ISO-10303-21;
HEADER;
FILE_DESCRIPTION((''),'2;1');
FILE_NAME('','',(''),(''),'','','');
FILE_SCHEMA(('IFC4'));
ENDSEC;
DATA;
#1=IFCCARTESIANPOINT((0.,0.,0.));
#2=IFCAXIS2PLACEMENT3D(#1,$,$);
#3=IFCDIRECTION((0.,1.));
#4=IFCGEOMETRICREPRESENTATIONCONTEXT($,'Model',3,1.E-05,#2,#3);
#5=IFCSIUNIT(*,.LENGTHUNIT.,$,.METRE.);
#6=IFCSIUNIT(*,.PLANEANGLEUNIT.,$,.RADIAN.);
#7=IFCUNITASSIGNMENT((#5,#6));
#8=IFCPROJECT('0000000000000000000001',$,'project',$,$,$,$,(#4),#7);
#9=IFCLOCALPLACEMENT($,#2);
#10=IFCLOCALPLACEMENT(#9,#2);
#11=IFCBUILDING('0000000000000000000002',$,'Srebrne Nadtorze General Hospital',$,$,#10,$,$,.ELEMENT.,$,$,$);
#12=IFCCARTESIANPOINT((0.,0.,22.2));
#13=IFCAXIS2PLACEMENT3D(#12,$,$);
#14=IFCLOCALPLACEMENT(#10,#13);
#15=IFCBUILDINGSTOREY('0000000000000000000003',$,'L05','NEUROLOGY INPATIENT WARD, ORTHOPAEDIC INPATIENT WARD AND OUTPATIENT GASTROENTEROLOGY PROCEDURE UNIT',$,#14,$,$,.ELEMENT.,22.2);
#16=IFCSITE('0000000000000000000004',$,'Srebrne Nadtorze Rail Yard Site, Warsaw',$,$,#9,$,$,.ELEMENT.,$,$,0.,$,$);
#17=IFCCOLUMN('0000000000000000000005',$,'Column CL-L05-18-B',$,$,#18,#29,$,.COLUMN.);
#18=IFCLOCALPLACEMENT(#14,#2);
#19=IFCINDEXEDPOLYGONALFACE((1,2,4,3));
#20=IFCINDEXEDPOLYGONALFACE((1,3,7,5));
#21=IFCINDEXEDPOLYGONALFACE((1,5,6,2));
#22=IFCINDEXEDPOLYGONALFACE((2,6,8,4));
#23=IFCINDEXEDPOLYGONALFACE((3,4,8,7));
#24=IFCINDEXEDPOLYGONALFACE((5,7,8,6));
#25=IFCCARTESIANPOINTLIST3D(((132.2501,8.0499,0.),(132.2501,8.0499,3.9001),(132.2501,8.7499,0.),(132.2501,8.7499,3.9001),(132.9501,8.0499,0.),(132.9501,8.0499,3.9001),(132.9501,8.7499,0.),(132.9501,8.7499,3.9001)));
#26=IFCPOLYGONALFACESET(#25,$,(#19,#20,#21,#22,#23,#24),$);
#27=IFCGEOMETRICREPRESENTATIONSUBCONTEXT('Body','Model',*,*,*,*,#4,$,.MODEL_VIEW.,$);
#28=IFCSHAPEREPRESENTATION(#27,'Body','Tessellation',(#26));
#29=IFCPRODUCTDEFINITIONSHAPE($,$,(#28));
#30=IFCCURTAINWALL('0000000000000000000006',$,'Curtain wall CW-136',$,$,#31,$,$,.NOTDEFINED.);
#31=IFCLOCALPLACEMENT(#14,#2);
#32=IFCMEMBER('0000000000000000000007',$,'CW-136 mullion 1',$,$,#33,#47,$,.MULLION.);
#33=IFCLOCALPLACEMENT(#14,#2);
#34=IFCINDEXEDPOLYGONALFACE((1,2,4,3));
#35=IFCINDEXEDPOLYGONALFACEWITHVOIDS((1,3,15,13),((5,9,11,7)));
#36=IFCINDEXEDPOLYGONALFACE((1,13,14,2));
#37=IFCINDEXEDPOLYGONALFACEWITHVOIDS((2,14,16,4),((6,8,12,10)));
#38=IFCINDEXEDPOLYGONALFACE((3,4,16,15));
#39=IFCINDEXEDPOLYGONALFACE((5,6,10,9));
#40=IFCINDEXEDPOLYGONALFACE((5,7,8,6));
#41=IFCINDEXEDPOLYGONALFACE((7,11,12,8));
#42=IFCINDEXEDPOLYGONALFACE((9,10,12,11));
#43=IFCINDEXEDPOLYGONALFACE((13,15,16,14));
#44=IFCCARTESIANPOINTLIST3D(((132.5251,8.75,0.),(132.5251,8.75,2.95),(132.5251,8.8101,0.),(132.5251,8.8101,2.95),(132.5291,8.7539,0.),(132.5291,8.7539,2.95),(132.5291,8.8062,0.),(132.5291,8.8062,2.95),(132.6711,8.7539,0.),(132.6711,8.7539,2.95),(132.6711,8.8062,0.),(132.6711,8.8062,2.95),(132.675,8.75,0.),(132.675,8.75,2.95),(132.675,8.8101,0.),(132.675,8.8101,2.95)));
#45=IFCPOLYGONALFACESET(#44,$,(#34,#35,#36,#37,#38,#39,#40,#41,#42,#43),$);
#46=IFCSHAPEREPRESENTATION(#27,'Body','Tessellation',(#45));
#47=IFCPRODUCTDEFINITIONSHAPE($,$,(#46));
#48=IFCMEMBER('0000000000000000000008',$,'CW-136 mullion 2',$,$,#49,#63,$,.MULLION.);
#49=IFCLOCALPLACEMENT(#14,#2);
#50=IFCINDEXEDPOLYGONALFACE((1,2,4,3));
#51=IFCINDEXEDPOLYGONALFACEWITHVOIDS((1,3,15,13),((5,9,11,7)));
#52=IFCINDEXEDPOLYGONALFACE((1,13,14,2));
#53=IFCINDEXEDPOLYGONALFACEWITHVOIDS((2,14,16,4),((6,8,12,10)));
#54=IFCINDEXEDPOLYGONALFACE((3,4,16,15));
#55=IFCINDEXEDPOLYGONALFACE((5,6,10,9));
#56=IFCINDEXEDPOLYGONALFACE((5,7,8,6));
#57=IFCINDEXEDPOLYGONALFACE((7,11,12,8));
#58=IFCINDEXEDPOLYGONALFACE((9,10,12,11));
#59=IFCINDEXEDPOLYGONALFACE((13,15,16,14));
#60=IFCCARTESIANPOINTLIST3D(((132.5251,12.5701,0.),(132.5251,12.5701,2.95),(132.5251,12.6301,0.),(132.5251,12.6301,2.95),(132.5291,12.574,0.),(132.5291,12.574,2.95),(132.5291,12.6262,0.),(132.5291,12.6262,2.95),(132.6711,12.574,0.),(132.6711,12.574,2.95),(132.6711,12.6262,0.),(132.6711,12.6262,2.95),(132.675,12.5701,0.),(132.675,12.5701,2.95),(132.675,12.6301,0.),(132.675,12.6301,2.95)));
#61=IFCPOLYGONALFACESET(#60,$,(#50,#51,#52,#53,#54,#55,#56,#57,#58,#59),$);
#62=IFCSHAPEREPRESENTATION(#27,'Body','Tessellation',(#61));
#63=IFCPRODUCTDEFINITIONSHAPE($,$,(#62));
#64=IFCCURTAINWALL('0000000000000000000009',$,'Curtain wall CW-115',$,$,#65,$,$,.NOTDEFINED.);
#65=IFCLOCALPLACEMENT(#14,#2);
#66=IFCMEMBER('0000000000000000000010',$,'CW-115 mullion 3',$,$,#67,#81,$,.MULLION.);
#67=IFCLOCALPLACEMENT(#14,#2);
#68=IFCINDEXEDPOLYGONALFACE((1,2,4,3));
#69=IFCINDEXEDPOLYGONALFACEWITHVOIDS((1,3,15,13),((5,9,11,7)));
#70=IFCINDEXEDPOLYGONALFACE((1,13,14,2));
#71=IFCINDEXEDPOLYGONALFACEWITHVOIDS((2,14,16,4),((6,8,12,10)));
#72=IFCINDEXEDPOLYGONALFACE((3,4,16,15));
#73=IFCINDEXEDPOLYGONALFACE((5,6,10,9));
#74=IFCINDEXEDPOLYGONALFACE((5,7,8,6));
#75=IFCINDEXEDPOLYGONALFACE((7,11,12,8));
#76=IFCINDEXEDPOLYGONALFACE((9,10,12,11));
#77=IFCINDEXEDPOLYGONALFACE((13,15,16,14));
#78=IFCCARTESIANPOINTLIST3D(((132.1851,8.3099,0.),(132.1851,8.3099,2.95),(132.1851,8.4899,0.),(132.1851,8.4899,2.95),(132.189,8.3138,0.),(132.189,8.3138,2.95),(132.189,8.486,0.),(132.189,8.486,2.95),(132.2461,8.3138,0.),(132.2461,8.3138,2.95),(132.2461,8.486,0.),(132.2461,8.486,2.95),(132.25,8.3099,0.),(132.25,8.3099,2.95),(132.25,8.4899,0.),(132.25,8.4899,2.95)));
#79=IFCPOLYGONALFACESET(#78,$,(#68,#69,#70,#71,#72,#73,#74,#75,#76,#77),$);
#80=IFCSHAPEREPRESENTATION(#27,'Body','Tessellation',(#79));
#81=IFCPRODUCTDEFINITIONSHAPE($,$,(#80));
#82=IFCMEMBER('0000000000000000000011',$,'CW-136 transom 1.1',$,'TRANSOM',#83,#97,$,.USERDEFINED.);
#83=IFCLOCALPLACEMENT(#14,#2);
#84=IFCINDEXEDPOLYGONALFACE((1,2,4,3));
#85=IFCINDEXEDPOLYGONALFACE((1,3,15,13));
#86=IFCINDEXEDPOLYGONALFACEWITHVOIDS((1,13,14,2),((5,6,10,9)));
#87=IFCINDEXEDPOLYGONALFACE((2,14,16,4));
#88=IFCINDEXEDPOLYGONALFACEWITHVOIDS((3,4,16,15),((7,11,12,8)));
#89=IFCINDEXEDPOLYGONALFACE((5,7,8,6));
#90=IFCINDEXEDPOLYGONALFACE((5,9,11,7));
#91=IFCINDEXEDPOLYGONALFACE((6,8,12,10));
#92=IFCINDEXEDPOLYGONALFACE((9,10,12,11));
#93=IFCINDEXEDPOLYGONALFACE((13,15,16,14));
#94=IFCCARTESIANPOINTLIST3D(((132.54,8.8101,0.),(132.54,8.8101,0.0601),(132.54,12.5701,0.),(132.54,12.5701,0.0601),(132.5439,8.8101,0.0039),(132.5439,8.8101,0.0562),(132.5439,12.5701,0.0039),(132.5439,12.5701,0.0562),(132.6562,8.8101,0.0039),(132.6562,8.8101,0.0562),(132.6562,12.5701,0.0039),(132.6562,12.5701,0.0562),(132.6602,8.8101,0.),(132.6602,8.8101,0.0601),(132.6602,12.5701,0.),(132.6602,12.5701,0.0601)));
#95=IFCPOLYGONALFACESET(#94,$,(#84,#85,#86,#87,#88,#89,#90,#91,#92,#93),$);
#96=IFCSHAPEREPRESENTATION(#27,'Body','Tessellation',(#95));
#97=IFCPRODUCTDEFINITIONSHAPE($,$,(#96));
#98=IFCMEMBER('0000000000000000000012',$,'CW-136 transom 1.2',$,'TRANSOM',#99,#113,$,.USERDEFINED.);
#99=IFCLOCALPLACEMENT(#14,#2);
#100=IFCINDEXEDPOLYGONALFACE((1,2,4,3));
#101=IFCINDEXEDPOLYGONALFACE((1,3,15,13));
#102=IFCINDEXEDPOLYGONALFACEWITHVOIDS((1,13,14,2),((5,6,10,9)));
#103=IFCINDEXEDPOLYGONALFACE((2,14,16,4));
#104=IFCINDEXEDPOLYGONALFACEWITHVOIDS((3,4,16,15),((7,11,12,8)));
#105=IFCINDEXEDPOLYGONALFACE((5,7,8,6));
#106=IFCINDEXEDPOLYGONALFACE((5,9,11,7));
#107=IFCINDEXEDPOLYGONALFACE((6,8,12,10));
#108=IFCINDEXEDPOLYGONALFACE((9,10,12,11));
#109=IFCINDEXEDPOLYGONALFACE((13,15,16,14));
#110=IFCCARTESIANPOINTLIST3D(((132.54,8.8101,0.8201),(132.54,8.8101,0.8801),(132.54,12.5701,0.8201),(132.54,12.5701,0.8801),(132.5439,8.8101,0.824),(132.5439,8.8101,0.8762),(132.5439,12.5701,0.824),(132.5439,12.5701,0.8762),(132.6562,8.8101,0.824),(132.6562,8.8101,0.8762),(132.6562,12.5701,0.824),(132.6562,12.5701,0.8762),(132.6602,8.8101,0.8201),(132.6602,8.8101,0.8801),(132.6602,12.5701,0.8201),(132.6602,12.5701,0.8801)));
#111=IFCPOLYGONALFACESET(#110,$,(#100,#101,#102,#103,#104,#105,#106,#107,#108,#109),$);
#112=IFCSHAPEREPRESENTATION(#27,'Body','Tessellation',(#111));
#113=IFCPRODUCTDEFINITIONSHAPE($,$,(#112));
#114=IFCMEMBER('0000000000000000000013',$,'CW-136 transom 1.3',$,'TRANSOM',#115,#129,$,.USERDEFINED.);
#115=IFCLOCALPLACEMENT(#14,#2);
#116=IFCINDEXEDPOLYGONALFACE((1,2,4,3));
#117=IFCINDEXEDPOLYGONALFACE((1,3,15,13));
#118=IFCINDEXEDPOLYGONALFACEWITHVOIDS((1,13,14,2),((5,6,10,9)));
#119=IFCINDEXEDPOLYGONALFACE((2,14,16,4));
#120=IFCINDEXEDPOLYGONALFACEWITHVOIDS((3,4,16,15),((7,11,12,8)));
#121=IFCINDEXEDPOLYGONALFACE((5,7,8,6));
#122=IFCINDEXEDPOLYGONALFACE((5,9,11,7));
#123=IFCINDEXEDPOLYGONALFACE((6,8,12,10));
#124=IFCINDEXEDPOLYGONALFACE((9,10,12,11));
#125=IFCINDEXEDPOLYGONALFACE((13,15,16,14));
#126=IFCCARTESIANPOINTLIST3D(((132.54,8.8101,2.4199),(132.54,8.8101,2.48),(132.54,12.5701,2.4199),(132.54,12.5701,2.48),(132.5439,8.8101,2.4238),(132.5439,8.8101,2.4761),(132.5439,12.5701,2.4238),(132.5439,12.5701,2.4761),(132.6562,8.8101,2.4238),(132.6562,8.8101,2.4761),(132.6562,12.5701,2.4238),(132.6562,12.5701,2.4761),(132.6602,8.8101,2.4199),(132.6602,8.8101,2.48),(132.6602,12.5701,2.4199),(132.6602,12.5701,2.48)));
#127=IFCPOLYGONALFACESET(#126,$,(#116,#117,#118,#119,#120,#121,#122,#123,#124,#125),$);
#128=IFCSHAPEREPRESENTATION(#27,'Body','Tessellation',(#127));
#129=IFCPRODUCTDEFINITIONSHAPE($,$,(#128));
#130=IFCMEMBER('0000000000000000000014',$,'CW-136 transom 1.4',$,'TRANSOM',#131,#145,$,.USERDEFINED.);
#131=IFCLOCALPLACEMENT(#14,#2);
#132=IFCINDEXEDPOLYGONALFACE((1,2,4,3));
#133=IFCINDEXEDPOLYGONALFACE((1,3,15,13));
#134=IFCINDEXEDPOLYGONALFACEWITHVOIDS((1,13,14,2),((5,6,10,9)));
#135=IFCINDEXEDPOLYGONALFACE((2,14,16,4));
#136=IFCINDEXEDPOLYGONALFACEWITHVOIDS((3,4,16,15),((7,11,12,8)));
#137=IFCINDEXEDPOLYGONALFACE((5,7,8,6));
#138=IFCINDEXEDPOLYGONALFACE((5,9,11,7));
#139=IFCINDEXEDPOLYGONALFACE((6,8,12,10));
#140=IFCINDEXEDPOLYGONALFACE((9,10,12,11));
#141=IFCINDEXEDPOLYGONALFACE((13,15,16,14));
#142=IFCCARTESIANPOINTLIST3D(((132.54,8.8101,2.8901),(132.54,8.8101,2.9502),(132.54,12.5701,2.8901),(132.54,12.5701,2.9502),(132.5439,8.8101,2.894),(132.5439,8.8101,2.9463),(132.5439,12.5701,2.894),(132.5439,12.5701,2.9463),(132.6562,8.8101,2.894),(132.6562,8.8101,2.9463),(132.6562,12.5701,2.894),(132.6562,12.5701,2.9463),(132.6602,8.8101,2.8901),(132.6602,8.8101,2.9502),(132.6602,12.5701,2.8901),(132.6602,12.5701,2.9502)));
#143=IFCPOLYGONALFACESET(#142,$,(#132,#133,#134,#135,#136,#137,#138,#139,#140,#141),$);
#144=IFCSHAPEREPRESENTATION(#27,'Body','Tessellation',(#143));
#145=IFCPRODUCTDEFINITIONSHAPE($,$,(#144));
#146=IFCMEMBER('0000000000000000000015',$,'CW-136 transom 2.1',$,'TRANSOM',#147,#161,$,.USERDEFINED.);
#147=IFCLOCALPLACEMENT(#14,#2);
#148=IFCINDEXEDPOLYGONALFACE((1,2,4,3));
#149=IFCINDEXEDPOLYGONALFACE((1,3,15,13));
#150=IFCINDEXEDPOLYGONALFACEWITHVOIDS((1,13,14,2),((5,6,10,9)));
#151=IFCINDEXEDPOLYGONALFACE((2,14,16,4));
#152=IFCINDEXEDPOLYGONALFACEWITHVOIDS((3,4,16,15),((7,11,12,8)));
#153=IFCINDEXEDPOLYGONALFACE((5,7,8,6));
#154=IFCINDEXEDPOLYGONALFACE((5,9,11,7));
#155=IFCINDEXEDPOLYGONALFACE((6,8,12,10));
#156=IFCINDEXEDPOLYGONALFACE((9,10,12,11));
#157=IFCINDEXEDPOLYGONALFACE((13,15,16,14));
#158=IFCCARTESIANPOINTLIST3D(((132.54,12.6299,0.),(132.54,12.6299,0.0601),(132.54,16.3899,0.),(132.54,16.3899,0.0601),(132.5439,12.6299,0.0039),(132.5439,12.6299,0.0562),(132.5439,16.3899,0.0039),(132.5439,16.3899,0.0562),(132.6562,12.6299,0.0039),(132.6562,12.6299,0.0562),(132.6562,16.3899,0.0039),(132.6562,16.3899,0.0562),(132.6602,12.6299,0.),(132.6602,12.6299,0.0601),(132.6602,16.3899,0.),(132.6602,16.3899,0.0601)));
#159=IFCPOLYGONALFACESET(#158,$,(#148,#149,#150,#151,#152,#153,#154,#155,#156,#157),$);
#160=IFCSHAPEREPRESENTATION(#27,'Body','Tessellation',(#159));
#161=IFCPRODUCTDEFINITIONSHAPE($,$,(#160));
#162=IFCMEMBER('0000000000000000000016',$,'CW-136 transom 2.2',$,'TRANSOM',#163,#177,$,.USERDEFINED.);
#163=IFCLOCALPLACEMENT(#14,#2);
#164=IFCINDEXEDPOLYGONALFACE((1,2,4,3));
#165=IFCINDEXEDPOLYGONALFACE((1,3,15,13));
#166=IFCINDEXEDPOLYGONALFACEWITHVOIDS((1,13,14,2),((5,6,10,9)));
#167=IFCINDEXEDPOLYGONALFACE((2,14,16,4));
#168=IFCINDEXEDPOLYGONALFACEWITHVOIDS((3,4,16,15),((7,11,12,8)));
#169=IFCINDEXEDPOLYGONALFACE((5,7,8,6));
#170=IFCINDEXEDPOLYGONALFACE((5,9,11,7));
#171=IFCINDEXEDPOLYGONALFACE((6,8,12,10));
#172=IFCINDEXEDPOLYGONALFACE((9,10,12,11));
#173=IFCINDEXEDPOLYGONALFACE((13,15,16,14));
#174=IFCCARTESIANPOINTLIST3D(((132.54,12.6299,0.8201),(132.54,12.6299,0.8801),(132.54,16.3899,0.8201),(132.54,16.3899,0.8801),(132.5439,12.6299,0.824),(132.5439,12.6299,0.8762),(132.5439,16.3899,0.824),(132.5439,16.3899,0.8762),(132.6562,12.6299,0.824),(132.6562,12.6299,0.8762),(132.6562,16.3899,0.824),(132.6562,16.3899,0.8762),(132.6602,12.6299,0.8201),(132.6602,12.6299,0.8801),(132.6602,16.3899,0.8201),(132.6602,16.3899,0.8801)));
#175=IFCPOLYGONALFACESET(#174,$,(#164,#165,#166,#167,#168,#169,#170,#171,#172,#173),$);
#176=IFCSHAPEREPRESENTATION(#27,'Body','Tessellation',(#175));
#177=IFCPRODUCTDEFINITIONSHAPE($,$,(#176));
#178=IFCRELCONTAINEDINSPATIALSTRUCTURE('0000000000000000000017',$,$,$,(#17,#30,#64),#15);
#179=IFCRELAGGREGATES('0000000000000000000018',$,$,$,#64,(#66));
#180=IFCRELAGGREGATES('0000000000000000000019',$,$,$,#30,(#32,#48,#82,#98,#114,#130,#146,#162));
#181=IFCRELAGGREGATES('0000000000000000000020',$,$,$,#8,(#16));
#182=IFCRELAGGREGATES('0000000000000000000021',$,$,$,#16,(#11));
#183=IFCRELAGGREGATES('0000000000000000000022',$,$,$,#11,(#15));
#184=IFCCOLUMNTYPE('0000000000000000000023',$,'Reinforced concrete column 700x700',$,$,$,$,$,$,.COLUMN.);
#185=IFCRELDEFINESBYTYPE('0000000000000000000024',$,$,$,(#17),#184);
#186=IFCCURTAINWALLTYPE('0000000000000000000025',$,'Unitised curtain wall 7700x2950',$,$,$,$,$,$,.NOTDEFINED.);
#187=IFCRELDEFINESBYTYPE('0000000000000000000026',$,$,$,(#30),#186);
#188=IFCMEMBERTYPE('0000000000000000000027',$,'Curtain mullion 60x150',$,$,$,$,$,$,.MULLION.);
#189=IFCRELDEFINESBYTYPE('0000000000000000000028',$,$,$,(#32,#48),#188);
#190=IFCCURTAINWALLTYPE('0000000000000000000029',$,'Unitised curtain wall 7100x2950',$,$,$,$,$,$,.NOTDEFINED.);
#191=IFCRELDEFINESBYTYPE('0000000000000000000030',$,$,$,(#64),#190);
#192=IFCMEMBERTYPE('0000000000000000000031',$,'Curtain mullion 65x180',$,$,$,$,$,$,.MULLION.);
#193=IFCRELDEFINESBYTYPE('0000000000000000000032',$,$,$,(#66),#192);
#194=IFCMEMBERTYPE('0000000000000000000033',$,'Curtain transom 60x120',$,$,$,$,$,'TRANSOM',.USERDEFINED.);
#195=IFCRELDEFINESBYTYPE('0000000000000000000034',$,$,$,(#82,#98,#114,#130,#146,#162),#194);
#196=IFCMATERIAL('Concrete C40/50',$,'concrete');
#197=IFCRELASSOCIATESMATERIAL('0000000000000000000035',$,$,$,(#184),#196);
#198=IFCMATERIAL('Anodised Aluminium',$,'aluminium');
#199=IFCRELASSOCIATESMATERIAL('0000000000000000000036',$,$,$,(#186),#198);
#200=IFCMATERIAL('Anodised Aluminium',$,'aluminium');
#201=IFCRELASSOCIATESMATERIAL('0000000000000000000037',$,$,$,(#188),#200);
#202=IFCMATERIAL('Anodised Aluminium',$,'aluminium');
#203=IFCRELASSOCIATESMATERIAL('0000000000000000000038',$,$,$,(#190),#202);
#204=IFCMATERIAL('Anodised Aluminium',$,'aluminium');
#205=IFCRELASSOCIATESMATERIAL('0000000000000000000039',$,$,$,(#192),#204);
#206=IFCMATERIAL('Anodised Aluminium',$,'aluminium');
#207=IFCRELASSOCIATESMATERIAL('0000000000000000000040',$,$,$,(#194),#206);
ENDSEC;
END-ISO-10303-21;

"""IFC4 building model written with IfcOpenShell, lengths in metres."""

from ifc_helpers import new_model, si_unit, direction, frame, origin, origin_2d, place, context, subcontext, project, spatial, rectangle, hollow_rectangle, extrude, material, material_profile, profile_set, type_object, element, aggregate, save


model = new_model("IFC4")

# Units and contexts
model_context = context("Model", 3, precision=1e-05, world=origin(), true_north=direction((0.0, 1.0)))
body_context = subcontext(model_context, "Body", "Model", "MODEL_VIEW")
ifc_project = project(units=[si_unit("LENGTHUNIT", "METRE"), si_unit("PLANEANGLEUNIT", "RADIAN")], contexts=[model_context])

# Site, building, storey
site_placement = place(None, origin())
site = spatial("IfcSite", under=ifc_project, at=site_placement, Name="Srebrne Nadtorze Rail Yard Site, Warsaw", CompositionType="ELEMENT", RefElevation=0.0)
building_placement = place(site_placement, origin())
building = spatial("IfcBuilding", under=site, at=building_placement, Name="Srebrne Nadtorze General Hospital", CompositionType="ELEMENT")
storey_placement = place(building_placement, frame((0.0, 0.0, 22.2)))
storey = spatial("IfcBuildingStorey", under=building, at=storey_placement, Name="L05", Description="NEUROLOGY INPATIENT WARD, ORTHOPAEDIC INPATIENT WARD AND OUTPATIENT GASTROENTEROLOGY PROCEDURE UNIT", CompositionType="ELEMENT", Elevation=22.2)

# Column
ifc_material_1 = material(Name="Concrete C40/50", Category="concrete")
ifc_material_profile_1 = material_profile(ifc_material_1, rectangle(XDim=0.7, YDim=0.7, at=origin_2d()), Name="RC-COL-700x700")
ifc_profile_set_1 = profile_set([ifc_material_profile_1], Name="Concrete C40/50")
column_type = type_object("IfcColumnType", Name="Reinforced concrete column 700x700", PredefinedType="COLUMN", material=ifc_profile_set_1)
column_placement = place(storey_placement, frame((132.6001, 8.3999, 0.0), z_axis=(0.0, 0.0, 1.0), x_axis=(1.0, 0.0, 0.0)))
element("IfcColumn", 1, at=column_placement, inside=storey, type_object=column_type, Name="Column CL-L05-18-B", PredefinedType="COLUMN", context=body_context, shape_type="SweptSolid", body=[
    extrude(rectangle(XDim=0.7, YDim=0.7, at=origin_2d()), origin(), (0.0, 0.0, 1.0), 3.9001),
])

# Curtain wall, members
ifc_material_2 = material(Name="Anodised Aluminium", Category="aluminium")
curtain_wall_type_1 = type_object("IfcCurtainWallType", Name="Unitised curtain wall 7700x2950", PredefinedType="NOTDEFINED", material=ifc_material_2)
curtain_wall_1_placement = place(storey_placement, origin())
curtain_wall_1 = element("IfcCurtainWall", 2, at=curtain_wall_1_placement, inside=storey, type_object=curtain_wall_type_1, Name="Curtain wall CW-136", PredefinedType="NOTDEFINED")
ifc_material_3 = material(Name="Anodised Aluminium", Category="aluminium")
ifc_material_profile_2 = material_profile(ifc_material_3, hollow_rectangle(XDim=0.0601, YDim=0.1499, WallThickness=0.0039, at=origin_2d()), Name="AL-MUL-60x150")
ifc_profile_set_2 = profile_set([ifc_material_profile_2], Name="Anodised Aluminium")
member_type_1 = type_object("IfcMemberType", Name="Curtain mullion 60x150", PredefinedType="MULLION", material=ifc_profile_set_2)
member_1_placement = place(storey_placement, frame((132.6001, 8.78, 0.0), z_axis=(0.0, 0.0, 1.0), x_axis=(0.0, 1.0, 0.0)))
member_1 = element("IfcMember", 3, at=member_1_placement, type_object=member_type_1, Name="CW-136 mullion 1", PredefinedType="MULLION", context=body_context, shape_type="SweptSolid", body=[
    extrude(hollow_rectangle(XDim=0.0601, YDim=0.1499, WallThickness=0.0039, at=origin_2d()), origin(), (0.0, 0.0, 1.0), 2.95),
])
member_2_placement = place(storey_placement, frame((132.6001, 12.6001, 0.0), z_axis=(0.0, 0.0, 1.0), x_axis=(0.0, 1.0, 0.0)))
member_2 = element("IfcMember", 4, at=member_2_placement, type_object=member_type_1, Name="CW-136 mullion 2", PredefinedType="MULLION", context=body_context, shape_type="SweptSolid", body=[
    extrude(hollow_rectangle(XDim=0.0601, YDim=0.1499, WallThickness=0.0039, at=origin_2d()), origin(), (0.0, 0.0, 1.0), 2.95),
])

# Curtain wall, member
ifc_material_4 = material(Name="Anodised Aluminium", Category="aluminium")
curtain_wall_type_2 = type_object("IfcCurtainWallType", Name="Unitised curtain wall 7100x2950", PredefinedType="NOTDEFINED", material=ifc_material_4)
curtain_wall_2_placement = place(storey_placement, origin())
curtain_wall_2 = element("IfcCurtainWall", 5, at=curtain_wall_2_placement, inside=storey, type_object=curtain_wall_type_2, Name="Curtain wall CW-115", PredefinedType="NOTDEFINED")
ifc_material_5 = material(Name="Anodised Aluminium", Category="aluminium")
ifc_material_profile_3 = material_profile(ifc_material_5, hollow_rectangle(XDim=0.0649, YDim=0.1799, WallThickness=0.0039, at=origin_2d()), Name="AL-MUL-65x180")
ifc_profile_set_3 = profile_set([ifc_material_profile_3], Name="Anodised Aluminium")
member_type_2 = type_object("IfcMemberType", Name="Curtain mullion 65x180", PredefinedType="MULLION", material=ifc_profile_set_3)
member_3_placement = place(storey_placement, frame((132.2175, 8.3999, 0.0), z_axis=(0.0, 0.0, 1.0), x_axis=(1.0, 0.0, 0.0)))
member_3 = element("IfcMember", 6, at=member_3_placement, type_object=member_type_2, Name="CW-115 mullion 3", PredefinedType="MULLION", context=body_context, shape_type="SweptSolid", body=[
    extrude(hollow_rectangle(XDim=0.0649, YDim=0.1799, WallThickness=0.0039, at=origin_2d()), origin(), (0.0, 0.0, 1.0), 2.95),
])

# Members
ifc_material_6 = material(Name="Anodised Aluminium", Category="aluminium")
ifc_material_profile_4 = material_profile(ifc_material_6, hollow_rectangle(XDim=0.0601, YDim=0.1201, WallThickness=0.0039, at=origin_2d()), Name="AL-TRN-60x120")
ifc_profile_set_4 = profile_set([ifc_material_profile_4], Name="Anodised Aluminium")
member_type_3 = type_object("IfcMemberType", Name="Curtain transom 60x120", ElementType="TRANSOM", PredefinedType="USERDEFINED", material=ifc_profile_set_4)
member_4_placement = place(storey_placement, frame((132.6001, 8.8101, 0.03), z_axis=(0.0, 1.0, 0.0), x_axis=(0.0, 0.0, 1.0)))
member_4 = element("IfcMember", 7, at=member_4_placement, type_object=member_type_3, Name="CW-136 transom 1.1", ObjectType="TRANSOM", PredefinedType="USERDEFINED", context=body_context, shape_type="SweptSolid", body=[
    extrude(hollow_rectangle(XDim=0.0601, YDim=0.1201, WallThickness=0.0039, at=origin_2d()), origin(), (0.0, 0.0, 1.0), 3.76),
])
member_5_placement = place(storey_placement, frame((132.6001, 8.8101, 0.8501), z_axis=(0.0, 1.0, 0.0), x_axis=(0.0, 0.0, 1.0)))
member_5 = element("IfcMember", 8, at=member_5_placement, type_object=member_type_3, Name="CW-136 transom 1.2", ObjectType="TRANSOM", PredefinedType="USERDEFINED", context=body_context, shape_type="SweptSolid", body=[
    extrude(hollow_rectangle(XDim=0.0601, YDim=0.1201, WallThickness=0.0039, at=origin_2d()), origin(), (0.0, 0.0, 1.0), 3.76),
])
member_6_placement = place(storey_placement, frame((132.6001, 8.8101, 2.45), z_axis=(0.0, 1.0, 0.0), x_axis=(0.0, 0.0, 1.0)))
member_6 = element("IfcMember", 9, at=member_6_placement, type_object=member_type_3, Name="CW-136 transom 1.3", ObjectType="TRANSOM", PredefinedType="USERDEFINED", context=body_context, shape_type="SweptSolid", body=[
    extrude(hollow_rectangle(XDim=0.0601, YDim=0.1201, WallThickness=0.0039, at=origin_2d()), origin(), (0.0, 0.0, 1.0), 3.76),
])
member_7_placement = place(storey_placement, frame((132.6001, 8.8101, 2.9202), z_axis=(0.0, 1.0, 0.0), x_axis=(0.0, 0.0, 1.0)))
member_7 = element("IfcMember", 10, at=member_7_placement, type_object=member_type_3, Name="CW-136 transom 1.4", ObjectType="TRANSOM", PredefinedType="USERDEFINED", context=body_context, shape_type="SweptSolid", body=[
    extrude(hollow_rectangle(XDim=0.0601, YDim=0.1201, WallThickness=0.0039, at=origin_2d()), origin(), (0.0, 0.0, 1.0), 3.76),
])
member_8_placement = place(storey_placement, frame((132.6001, 12.6299, 0.03), z_axis=(0.0, 1.0, 0.0), x_axis=(0.0, 0.0, 1.0)))
member_8 = element("IfcMember", 11, at=member_8_placement, type_object=member_type_3, Name="CW-136 transom 2.1", ObjectType="TRANSOM", PredefinedType="USERDEFINED", context=body_context, shape_type="SweptSolid", body=[
    extrude(hollow_rectangle(XDim=0.0601, YDim=0.1201, WallThickness=0.0039, at=origin_2d()), origin(), (0.0, 0.0, 1.0), 3.76),
])
member_9_placement = place(storey_placement, frame((132.6001, 12.6299, 0.8501), z_axis=(0.0, 1.0, 0.0), x_axis=(0.0, 0.0, 1.0)))
member_9 = element("IfcMember", 12, at=member_9_placement, type_object=member_type_3, Name="CW-136 transom 2.2", ObjectType="TRANSOM", PredefinedType="USERDEFINED", context=body_context, shape_type="SweptSolid", body=[
    extrude(hollow_rectangle(XDim=0.0601, YDim=0.1201, WallThickness=0.0039, at=origin_2d()), origin(), (0.0, 0.0, 1.0), 3.76),
])

aggregate(curtain_wall_2, [member_3])
aggregate(curtain_wall_1, [member_1, member_2, member_4, member_5, member_6, member_7, member_8, member_9])

save(model, "model.ifc")
